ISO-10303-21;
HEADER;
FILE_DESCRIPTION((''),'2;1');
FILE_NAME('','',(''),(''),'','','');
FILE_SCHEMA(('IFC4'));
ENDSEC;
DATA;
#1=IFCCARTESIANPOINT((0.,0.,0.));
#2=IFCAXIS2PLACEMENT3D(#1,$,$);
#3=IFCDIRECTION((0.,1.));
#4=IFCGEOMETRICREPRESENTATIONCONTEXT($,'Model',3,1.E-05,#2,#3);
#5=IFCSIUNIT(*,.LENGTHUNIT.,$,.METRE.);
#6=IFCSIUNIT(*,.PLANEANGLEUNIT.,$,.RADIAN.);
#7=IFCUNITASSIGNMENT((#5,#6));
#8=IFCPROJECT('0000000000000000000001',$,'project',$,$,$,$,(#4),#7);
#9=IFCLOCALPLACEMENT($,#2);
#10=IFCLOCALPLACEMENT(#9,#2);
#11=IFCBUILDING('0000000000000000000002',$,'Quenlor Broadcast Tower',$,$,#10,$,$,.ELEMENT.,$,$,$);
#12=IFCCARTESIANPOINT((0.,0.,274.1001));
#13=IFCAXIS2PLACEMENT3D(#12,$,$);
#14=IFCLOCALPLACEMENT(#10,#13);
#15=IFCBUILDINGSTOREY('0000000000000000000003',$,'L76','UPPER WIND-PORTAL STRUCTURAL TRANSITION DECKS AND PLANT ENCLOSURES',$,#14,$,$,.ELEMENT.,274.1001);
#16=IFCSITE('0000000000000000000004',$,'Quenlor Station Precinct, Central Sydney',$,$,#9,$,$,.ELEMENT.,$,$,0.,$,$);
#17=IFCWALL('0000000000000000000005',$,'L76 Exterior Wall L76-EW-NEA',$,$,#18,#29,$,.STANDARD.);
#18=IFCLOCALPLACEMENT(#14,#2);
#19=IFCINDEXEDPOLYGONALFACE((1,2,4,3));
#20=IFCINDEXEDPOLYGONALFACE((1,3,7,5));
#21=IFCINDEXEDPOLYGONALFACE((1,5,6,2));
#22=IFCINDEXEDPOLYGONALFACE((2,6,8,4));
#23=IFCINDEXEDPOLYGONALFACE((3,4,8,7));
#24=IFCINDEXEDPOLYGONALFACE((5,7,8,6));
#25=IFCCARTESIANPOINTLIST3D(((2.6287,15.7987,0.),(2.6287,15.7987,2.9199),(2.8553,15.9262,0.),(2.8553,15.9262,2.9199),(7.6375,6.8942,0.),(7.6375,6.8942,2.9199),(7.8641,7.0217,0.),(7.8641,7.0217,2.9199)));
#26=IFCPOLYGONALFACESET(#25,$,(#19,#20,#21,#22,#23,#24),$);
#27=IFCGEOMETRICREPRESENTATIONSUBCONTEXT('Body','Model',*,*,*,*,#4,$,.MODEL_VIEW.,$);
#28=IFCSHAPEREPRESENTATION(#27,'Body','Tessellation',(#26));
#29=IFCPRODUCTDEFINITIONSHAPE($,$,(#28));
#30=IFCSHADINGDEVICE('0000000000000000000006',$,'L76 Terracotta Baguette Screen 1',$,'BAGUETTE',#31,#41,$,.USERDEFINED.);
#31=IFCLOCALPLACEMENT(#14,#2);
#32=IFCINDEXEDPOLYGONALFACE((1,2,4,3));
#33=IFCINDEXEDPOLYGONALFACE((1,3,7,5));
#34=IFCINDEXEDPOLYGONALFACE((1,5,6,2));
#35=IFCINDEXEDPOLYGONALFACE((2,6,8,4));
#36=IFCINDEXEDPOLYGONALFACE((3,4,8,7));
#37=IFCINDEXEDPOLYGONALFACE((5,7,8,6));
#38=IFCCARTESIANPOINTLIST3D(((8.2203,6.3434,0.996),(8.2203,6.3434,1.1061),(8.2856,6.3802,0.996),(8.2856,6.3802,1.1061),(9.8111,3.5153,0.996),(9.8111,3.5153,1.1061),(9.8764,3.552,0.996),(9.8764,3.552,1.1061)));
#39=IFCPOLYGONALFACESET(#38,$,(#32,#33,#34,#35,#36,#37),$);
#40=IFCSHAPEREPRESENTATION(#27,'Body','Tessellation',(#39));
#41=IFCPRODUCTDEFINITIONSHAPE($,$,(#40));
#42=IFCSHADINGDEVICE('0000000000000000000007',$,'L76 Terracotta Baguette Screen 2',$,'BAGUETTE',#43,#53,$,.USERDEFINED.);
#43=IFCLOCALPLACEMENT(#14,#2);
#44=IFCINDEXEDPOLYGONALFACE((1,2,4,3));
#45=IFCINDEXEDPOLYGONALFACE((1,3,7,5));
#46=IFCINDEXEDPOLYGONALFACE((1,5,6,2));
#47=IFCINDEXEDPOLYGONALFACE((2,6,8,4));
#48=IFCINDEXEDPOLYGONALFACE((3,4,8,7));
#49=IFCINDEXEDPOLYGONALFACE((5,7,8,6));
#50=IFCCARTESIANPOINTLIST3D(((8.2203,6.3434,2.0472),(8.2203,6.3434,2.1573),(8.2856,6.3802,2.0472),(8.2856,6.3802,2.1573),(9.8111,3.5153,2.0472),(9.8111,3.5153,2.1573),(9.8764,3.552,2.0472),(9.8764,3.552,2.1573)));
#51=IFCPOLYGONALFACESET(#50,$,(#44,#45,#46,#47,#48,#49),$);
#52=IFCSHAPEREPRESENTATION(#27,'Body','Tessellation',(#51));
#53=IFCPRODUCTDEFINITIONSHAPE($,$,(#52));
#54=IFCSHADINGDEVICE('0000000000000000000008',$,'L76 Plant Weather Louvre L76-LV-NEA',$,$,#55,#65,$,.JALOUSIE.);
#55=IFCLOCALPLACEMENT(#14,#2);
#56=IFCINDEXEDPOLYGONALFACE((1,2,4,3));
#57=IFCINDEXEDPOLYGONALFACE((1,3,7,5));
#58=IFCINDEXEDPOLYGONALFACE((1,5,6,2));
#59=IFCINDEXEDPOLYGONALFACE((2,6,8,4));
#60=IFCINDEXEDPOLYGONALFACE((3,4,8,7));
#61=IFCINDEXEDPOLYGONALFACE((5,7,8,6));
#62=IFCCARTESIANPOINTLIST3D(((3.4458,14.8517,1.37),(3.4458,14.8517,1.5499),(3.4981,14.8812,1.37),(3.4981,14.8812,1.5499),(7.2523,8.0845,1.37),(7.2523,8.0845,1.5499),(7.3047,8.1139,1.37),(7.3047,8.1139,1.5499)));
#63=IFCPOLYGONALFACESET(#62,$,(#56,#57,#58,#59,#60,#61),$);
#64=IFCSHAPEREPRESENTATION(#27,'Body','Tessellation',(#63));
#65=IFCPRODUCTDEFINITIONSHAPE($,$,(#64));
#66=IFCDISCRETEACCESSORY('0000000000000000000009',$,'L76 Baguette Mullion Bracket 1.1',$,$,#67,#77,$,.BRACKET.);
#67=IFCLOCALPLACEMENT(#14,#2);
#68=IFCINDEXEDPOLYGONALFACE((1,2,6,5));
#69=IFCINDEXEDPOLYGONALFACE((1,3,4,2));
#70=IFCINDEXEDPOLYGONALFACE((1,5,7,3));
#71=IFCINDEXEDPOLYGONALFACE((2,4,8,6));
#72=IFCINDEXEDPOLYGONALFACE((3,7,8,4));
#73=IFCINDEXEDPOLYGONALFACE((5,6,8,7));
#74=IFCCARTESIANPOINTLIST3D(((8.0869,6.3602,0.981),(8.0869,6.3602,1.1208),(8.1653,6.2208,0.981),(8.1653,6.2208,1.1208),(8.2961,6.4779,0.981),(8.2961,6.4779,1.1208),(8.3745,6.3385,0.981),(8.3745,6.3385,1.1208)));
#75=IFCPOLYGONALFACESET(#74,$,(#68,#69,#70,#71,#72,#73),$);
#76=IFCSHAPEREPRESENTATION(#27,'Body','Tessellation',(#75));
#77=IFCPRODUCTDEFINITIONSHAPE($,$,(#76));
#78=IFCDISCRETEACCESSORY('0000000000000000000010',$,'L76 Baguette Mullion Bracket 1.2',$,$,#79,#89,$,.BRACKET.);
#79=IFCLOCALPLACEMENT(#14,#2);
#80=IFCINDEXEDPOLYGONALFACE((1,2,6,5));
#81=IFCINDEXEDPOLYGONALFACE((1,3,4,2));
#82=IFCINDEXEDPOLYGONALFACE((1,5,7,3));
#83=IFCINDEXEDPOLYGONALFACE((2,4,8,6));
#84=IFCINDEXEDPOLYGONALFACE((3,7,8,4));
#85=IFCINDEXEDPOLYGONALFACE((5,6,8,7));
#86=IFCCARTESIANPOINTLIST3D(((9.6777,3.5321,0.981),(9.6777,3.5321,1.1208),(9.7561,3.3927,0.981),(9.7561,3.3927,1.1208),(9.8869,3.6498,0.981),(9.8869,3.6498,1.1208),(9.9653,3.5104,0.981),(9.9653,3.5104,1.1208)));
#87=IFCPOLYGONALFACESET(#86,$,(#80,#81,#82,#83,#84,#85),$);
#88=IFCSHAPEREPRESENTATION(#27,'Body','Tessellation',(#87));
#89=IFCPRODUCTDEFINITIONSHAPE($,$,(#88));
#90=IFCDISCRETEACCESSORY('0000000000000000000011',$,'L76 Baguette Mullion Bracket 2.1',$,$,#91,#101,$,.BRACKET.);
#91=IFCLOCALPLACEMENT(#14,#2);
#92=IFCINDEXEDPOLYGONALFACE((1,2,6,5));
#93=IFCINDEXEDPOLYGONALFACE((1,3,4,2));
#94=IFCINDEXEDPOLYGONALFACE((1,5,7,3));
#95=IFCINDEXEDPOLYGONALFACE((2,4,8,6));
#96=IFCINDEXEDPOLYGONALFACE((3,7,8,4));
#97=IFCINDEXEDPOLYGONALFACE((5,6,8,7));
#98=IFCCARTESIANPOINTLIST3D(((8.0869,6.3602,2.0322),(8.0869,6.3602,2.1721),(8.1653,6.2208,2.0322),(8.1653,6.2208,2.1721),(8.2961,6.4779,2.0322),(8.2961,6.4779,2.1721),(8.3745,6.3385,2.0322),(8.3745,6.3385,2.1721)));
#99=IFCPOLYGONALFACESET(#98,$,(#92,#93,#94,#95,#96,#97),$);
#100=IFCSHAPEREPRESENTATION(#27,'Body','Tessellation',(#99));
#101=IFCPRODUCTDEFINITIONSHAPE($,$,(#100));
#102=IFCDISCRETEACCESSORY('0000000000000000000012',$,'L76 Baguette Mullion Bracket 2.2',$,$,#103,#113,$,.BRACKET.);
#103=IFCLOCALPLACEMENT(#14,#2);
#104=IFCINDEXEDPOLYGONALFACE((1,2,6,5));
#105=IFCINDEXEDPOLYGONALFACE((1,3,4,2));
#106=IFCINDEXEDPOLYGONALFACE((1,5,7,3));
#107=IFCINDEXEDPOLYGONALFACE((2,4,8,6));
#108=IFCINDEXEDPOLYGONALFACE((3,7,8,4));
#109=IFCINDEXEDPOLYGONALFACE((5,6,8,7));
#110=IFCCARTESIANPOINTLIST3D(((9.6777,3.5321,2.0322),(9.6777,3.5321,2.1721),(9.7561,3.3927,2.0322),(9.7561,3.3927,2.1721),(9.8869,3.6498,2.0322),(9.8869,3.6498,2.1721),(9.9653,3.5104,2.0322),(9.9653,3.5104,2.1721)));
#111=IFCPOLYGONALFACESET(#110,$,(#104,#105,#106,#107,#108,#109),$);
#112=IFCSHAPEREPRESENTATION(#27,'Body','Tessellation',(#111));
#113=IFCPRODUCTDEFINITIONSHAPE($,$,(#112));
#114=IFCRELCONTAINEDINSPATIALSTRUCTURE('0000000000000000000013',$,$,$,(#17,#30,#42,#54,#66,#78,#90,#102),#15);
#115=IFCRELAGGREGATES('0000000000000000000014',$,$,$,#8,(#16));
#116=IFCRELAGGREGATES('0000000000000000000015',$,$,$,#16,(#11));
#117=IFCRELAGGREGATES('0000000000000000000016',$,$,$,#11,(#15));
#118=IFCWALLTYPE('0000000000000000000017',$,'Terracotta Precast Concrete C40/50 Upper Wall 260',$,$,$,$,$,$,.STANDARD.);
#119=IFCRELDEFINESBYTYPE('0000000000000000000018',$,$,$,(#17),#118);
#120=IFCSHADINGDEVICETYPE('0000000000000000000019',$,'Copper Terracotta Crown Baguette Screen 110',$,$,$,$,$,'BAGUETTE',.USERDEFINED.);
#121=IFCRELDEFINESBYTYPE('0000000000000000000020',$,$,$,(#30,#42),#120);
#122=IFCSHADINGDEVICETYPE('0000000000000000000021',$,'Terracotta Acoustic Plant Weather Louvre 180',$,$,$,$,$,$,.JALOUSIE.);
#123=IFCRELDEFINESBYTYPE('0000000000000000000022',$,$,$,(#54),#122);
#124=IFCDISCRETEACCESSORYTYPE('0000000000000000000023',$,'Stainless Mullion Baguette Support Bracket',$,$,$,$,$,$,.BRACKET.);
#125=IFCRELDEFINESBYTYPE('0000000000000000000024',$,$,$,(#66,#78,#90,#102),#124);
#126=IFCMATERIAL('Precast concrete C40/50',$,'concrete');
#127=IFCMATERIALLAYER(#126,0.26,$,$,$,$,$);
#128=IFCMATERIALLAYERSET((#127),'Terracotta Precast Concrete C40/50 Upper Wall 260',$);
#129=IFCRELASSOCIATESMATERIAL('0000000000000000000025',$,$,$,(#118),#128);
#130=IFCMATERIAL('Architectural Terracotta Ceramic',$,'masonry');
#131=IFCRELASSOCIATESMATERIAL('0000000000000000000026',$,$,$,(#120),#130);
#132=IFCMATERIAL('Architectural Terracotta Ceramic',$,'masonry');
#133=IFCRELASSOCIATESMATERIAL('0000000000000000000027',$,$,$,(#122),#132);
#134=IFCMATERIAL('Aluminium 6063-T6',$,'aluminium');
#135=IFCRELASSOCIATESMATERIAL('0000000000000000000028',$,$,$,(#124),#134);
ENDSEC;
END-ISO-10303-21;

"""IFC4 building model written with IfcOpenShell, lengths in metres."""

from ifc_helpers import new_model, si_unit, direction, frame, frame_2d, origin, origin_2d, place, context, subcontext, project, spatial, rectangle, extrude, material, layer, layer_set, material_profile, profile_set, type_object, element, save


model = new_model("IFC4")

# Units and contexts
model_context = context("Model", 3, precision=1e-05, world=origin(), true_north=direction((0.0, 1.0)))
body_context = subcontext(model_context, "Body", "Model", "MODEL_VIEW")
ifc_project = project(units=[si_unit("LENGTHUNIT", "METRE"), si_unit("PLANEANGLEUNIT", "RADIAN")], contexts=[model_context])

# Site, building, storey
site_placement = place(None, origin())
site = spatial("IfcSite", under=ifc_project, at=site_placement, Name="Quenlor Station Precinct, Central Sydney", CompositionType="ELEMENT", RefElevation=0.0)
building_placement = place(site_placement, origin())
building = spatial("IfcBuilding", under=site, at=building_placement, Name="Quenlor Broadcast Tower", CompositionType="ELEMENT")
storey_placement = place(building_placement, frame((0.0, 0.0, 274.1001)))
storey = spatial("IfcBuildingStorey", under=building, at=storey_placement, Name="L76", Description="UPPER WIND-PORTAL STRUCTURAL TRANSITION DECKS AND PLANT ENCLOSURES", CompositionType="ELEMENT", Elevation=274.1001)

# Wall
ifc_material_1 = material(Name="Precast concrete C40/50", Category="concrete")
ifc_layer_1 = layer(ifc_material_1, 0.26)
ifc_layer_set_1 = layer_set([ifc_layer_1], Name="Terracotta Precast Concrete C40/50 Upper Wall 260")
wall_type_1 = type_object("IfcWallType", Name="Terracotta Precast Concrete C40/50 Upper Wall 260", PredefinedType="STANDARD", material=ifc_layer_set_1)
wall_1_placement = place(storey_placement, frame((2.7419, 15.8625, 0.0), z_axis=(0.0, 0.0, 1.0), x_axis=(0.49026, -0.871576, 0.0)))
element("IfcWall", 1, at=wall_1_placement, inside=storey, type_object=wall_type_1, Name="L76 Exterior Wall L76-EW-NEA", PredefinedType="STANDARD", context=body_context, shape_type="SweptSolid", body=[
    extrude(rectangle(XDim=10.2166, YDim=0.26, at=frame_2d((5.1084, 0.0))), origin(), (0.0, 0.0, 1.0), 2.9199),
])

# Shading devices
ifc_material_2 = material(Name="Architectural Terracotta Ceramic", Category="masonry")
ifc_material_profile_1 = material_profile(ifc_material_2, rectangle(XDim=0.075, YDim=0.1101, at=origin_2d()))
ifc_profile_set_1 = profile_set([ifc_material_profile_1], Name="Architectural Terracotta Ceramic BAG75x110")
shading_device_type_1 = type_object("IfcShadingDeviceType", Name="Copper Terracotta Crown Baguette Screen 110", ElementType="BAGUETTE", PredefinedType="USERDEFINED", material=ifc_profile_set_1)
for number, where, z_axis, x_axis, name in (
    (2, (8.2529, 6.3618, 1.051), (0.490261, -0.871576, 0.0), (0.871576, 0.490261, 0.0), "L76 Terracotta Baguette Screen 1"),
    (3, (8.2529, 6.3618, 2.1023), (0.490261, -0.871576, 0.0), (0.871576, 0.490261, 0.0), "L76 Terracotta Baguette Screen 2"),
):
    element("IfcShadingDevice", number, at=place(storey_placement, frame(where, z_axis=z_axis, x_axis=x_axis)), inside=storey, type_object=shading_device_type_1, Name=name, ObjectType="BAGUETTE", PredefinedType="USERDEFINED", context=body_context, shape_type="SweptSolid", body=[
        extrude(rectangle(XDim=0.075, YDim=0.1101, at=origin_2d()), origin(), (0.0, 0.0, 1.0), 3.2449),
    ])
ifc_material_3 = material(Name="Architectural Terracotta Ceramic", Category="masonry")
ifc_material_profile_2 = material_profile(ifc_material_3, rectangle(XDim=0.0601, YDim=0.1799, at=origin_2d()))
ifc_profile_set_2 = profile_set([ifc_material_profile_2], Name="Architectural Terracotta Ceramic LVR60x180")
shading_device_type_2 = type_object("IfcShadingDeviceType", Name="Terracotta Acoustic Plant Weather Louvre 180", PredefinedType="JALOUSIE", material=ifc_profile_set_2)
shading_device_placement = place(storey_placement, frame((3.4719, 14.8665, 1.46), z_axis=(0.490263, -0.871575, 0.0), x_axis=(0.871575, 0.490263, 0.0)))
element("IfcShadingDevice", 4, at=shading_device_placement, inside=storey, type_object=shading_device_type_2, Name="L76 Plant Weather Louvre L76-LV-NEA", PredefinedType="JALOUSIE", context=body_context, shape_type="SweptSolid", body=[
    extrude(rectangle(XDim=0.0601, YDim=0.1799, at=origin_2d()), origin(), (0.0, 0.0, 1.0), 7.7644),
])

# Discrete accessories
ifc_material_4 = material(Name="Aluminium 6063-T6", Category="aluminium")
discrete_accessory_type = type_object("IfcDiscreteAccessoryType", Name="Stainless Mullion Baguette Support Bracket", PredefinedType="BRACKET", material=ifc_material_4)
for number, where, z_axis, x_axis, name in (
    (5, (8.2307, 6.3494, 0.981), (0.0, 0.0, 1.0), (0.490268, -0.871572, 0.0), "L76 Baguette Mullion Bracket 1.1"),
    (6, (9.8215, 3.5212, 0.981), (0.0, 0.0, 1.0), (0.490268, -0.871572, 0.0), "L76 Baguette Mullion Bracket 1.2"),
    (7, (8.2307, 6.3494, 2.0322), (0.0, 0.0, 1.0), (0.490268, -0.871572, 0.0), "L76 Baguette Mullion Bracket 2.1"),
    (8, (9.8215, 3.5212, 2.0322), (0.0, 0.0, 1.0), (0.490268, -0.871572, 0.0), "L76 Baguette Mullion Bracket 2.2"),
):
    element("IfcDiscreteAccessory", number, at=place(storey_placement, frame(where, z_axis=z_axis, x_axis=x_axis)), inside=storey, type_object=discrete_accessory_type, Name=name, PredefinedType="BRACKET", context=body_context, shape_type="SweptSolid", body=[
        extrude(rectangle(XDim=0.1599, YDim=0.24, at=origin_2d()), origin(), (0.0, 0.0, 1.0), 0.1399),
    ])

save(model, "model.ifc")
